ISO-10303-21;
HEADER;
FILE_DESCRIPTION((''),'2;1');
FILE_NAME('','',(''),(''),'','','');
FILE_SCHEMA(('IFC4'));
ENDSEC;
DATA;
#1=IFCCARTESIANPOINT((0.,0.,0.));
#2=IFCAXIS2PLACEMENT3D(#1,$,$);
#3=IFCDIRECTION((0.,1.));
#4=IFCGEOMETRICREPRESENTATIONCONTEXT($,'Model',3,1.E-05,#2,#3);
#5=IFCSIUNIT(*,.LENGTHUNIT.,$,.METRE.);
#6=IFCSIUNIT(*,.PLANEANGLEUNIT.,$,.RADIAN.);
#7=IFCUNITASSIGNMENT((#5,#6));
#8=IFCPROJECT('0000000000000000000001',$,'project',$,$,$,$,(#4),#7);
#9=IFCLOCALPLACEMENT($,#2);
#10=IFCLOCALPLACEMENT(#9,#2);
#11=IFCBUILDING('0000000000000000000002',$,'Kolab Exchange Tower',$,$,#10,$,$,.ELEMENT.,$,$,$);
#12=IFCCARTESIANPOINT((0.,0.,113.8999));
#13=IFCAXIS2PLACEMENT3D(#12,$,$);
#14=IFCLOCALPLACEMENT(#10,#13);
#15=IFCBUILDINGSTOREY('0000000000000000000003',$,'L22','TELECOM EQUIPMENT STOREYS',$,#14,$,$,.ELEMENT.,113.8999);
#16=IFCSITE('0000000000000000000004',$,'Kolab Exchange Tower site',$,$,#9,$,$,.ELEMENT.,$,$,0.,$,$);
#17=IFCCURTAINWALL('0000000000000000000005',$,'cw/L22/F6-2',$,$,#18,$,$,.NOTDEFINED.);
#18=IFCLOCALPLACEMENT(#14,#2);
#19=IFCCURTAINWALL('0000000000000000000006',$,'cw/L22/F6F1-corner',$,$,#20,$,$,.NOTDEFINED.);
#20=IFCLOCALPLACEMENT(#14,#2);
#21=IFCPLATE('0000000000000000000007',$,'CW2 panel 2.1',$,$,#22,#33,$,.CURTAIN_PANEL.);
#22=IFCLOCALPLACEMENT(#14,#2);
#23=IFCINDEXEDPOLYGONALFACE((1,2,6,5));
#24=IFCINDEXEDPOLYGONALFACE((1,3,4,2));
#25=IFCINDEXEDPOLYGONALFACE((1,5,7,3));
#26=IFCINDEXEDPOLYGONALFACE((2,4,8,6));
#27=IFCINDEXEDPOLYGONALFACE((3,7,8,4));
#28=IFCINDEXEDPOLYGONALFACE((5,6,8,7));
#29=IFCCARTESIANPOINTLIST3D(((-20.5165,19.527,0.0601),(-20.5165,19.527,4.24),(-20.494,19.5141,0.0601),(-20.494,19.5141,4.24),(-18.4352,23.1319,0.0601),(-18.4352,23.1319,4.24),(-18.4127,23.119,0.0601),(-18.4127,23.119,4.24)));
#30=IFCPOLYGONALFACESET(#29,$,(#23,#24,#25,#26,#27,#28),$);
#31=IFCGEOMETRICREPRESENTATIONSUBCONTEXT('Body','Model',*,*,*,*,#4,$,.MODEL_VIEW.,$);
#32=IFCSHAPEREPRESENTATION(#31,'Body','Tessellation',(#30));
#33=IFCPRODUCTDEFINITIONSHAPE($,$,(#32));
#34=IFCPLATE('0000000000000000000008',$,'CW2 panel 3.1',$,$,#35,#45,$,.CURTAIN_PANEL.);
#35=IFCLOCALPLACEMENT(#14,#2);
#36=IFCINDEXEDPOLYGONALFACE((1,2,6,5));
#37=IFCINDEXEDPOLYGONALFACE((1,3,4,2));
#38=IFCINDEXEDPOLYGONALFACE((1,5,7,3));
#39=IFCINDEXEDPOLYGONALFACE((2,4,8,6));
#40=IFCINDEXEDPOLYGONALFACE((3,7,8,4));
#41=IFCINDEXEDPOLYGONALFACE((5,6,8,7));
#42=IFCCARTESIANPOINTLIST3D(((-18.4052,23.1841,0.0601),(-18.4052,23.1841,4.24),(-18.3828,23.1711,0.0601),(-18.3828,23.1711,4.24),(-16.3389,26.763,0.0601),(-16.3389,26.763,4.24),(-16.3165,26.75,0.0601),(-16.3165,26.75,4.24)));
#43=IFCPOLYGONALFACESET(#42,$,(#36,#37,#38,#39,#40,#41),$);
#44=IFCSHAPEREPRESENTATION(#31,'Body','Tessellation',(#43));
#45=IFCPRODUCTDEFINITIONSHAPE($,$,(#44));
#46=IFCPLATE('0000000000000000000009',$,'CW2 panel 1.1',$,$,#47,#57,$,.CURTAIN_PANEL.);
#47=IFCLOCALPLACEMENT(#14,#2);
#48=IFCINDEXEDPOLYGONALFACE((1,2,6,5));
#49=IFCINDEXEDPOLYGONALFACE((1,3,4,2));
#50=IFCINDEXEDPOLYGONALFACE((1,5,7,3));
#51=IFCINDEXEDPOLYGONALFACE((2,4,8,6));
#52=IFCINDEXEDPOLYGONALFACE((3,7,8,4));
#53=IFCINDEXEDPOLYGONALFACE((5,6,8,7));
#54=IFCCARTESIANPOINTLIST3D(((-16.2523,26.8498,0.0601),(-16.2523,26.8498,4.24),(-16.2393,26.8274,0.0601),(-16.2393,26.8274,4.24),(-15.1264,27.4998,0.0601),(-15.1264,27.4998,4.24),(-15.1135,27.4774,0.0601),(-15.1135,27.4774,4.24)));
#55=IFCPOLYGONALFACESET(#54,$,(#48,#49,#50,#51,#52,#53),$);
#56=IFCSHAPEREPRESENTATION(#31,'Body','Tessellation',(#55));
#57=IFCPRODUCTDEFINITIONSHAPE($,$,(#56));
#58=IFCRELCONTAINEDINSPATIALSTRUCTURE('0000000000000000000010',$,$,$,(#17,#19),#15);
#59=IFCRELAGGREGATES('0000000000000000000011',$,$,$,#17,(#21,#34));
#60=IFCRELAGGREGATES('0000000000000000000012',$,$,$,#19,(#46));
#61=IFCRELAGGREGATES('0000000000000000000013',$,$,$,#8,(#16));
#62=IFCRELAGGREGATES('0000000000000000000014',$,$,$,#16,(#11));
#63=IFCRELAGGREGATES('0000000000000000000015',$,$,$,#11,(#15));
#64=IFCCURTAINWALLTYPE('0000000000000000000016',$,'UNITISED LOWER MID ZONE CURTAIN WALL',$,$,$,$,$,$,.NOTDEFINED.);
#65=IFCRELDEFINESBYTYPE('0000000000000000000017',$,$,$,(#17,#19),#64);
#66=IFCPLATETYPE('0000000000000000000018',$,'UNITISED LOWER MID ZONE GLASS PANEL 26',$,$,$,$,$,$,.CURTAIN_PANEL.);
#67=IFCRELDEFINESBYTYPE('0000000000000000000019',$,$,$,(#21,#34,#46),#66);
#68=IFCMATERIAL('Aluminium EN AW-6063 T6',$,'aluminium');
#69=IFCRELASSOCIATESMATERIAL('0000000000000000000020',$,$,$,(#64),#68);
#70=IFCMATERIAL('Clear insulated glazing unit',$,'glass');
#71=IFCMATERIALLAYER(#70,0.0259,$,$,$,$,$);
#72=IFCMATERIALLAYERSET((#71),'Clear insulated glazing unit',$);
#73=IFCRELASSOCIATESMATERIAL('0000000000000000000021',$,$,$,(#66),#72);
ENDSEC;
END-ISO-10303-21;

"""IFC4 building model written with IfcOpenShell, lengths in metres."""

from ifc_helpers import new_model, si_unit, direction, frame, origin, origin_2d, place, context, subcontext, project, spatial, rectangle, extrude, material, layer, layer_set, type_object, element, aggregate, save


model = new_model("IFC4")

# Units and contexts
model_context = context("Model", 3, precision=1e-05, world=origin(), true_north=direction((0.0, 1.0)))
body_context = subcontext(model_context, "Body", "Model", "MODEL_VIEW")
ifc_project = project(units=[si_unit("LENGTHUNIT", "METRE"), si_unit("PLANEANGLEUNIT", "RADIAN")], contexts=[model_context])

# Site, building, storey
site_placement = place(None, origin())
site = spatial("IfcSite", under=ifc_project, at=site_placement, Name="Kolab Exchange Tower site", CompositionType="ELEMENT", RefElevation=0.0)
building_placement = place(site_placement, origin())
building = spatial("IfcBuilding", under=site, at=building_placement, Name="Kolab Exchange Tower", CompositionType="ELEMENT")
storey_placement = place(building_placement, frame((0.0, 0.0, 113.8999)))
storey = spatial("IfcBuildingStorey", under=building, at=storey_placement, Name="L22", Description="TELECOM EQUIPMENT STOREYS", CompositionType="ELEMENT", Elevation=113.8999)

# Shared definitions
ifc_material_1 = material(Name="Aluminium EN AW-6063 T6", Category="aluminium")
curtain_wall_type = type_object("IfcCurtainWallType", Name="UNITISED LOWER MID ZONE CURTAIN WALL", PredefinedType="NOTDEFINED", material=ifc_material_1)

# Curtain walls
curtain_wall_1_placement = place(storey_placement, origin())
curtain_wall_1 = element("IfcCurtainWall", 1, at=curtain_wall_1_placement, inside=storey, type_object=curtain_wall_type, Name="cw/L22/F6-2", PredefinedType="NOTDEFINED")
curtain_wall_2_placement = place(storey_placement, origin())
curtain_wall_2 = element("IfcCurtainWall", 2, at=curtain_wall_2_placement, inside=storey, type_object=curtain_wall_type, Name="cw/L22/F6F1-corner", PredefinedType="NOTDEFINED")

# Plates
ifc_material_2 = material(Name="Clear insulated glazing unit", Category="glass")
ifc_layer = layer(ifc_material_2, 0.0259)
ifc_layer_set = layer_set([ifc_layer], Name="Clear insulated glazing unit")
plate_type = type_object("IfcPlateType", Name="UNITISED LOWER MID ZONE GLASS PANEL 26", PredefinedType="CURTAIN_PANEL", material=ifc_layer_set)
plate_1_placement = place(storey_placement, frame((-19.4646, 21.323, 0.0601), z_axis=(0.0, 0.0, 1.0), x_axis=(0.5, 0.866025, 0.0)))
plate_1 = element("IfcPlate", 3, at=plate_1_placement, type_object=plate_type, Name="CW2 panel 2.1", PredefinedType="CURTAIN_PANEL", context=body_context, shape_type="SweptSolid", body=[
    extrude(rectangle(XDim=4.1626, YDim=0.0259, at=origin_2d()), origin(), (0.0, 0.0, 1.0), 4.1799),
])
plate_2_placement = place(storey_placement, frame((-17.3608, 24.967, 0.0601), z_axis=(0.0, 0.0, 1.0), x_axis=(0.5, 0.866025, 0.0)))
plate_2 = element("IfcPlate", 4, at=plate_2_placement, type_object=plate_type, Name="CW2 panel 3.1", PredefinedType="CURTAIN_PANEL", context=body_context, shape_type="SweptSolid", body=[
    extrude(rectangle(XDim=4.1326, YDim=0.0259, at=origin_2d()), origin(), (0.0, 0.0, 1.0), 4.1799),
])
aggregate(curtain_wall_1, [plate_1, plate_2])
plate_3_placement = place(storey_placement, frame((-15.6829, 27.1636, 0.0601), z_axis=(0.0, 0.0, 1.0), x_axis=(0.866025, 0.5, 0.0)))
plate_3 = element("IfcPlate", 5, at=plate_3_placement, type_object=plate_type, Name="CW2 panel 1.1", PredefinedType="CURTAIN_PANEL", context=body_context, shape_type="SweptSolid", body=[
    extrude(rectangle(XDim=1.3, YDim=0.0259, at=origin_2d()), origin(), (0.0, 0.0, 1.0), 4.1799),
])
aggregate(curtain_wall_2, [plate_3])

save(model, "model.ifc")
